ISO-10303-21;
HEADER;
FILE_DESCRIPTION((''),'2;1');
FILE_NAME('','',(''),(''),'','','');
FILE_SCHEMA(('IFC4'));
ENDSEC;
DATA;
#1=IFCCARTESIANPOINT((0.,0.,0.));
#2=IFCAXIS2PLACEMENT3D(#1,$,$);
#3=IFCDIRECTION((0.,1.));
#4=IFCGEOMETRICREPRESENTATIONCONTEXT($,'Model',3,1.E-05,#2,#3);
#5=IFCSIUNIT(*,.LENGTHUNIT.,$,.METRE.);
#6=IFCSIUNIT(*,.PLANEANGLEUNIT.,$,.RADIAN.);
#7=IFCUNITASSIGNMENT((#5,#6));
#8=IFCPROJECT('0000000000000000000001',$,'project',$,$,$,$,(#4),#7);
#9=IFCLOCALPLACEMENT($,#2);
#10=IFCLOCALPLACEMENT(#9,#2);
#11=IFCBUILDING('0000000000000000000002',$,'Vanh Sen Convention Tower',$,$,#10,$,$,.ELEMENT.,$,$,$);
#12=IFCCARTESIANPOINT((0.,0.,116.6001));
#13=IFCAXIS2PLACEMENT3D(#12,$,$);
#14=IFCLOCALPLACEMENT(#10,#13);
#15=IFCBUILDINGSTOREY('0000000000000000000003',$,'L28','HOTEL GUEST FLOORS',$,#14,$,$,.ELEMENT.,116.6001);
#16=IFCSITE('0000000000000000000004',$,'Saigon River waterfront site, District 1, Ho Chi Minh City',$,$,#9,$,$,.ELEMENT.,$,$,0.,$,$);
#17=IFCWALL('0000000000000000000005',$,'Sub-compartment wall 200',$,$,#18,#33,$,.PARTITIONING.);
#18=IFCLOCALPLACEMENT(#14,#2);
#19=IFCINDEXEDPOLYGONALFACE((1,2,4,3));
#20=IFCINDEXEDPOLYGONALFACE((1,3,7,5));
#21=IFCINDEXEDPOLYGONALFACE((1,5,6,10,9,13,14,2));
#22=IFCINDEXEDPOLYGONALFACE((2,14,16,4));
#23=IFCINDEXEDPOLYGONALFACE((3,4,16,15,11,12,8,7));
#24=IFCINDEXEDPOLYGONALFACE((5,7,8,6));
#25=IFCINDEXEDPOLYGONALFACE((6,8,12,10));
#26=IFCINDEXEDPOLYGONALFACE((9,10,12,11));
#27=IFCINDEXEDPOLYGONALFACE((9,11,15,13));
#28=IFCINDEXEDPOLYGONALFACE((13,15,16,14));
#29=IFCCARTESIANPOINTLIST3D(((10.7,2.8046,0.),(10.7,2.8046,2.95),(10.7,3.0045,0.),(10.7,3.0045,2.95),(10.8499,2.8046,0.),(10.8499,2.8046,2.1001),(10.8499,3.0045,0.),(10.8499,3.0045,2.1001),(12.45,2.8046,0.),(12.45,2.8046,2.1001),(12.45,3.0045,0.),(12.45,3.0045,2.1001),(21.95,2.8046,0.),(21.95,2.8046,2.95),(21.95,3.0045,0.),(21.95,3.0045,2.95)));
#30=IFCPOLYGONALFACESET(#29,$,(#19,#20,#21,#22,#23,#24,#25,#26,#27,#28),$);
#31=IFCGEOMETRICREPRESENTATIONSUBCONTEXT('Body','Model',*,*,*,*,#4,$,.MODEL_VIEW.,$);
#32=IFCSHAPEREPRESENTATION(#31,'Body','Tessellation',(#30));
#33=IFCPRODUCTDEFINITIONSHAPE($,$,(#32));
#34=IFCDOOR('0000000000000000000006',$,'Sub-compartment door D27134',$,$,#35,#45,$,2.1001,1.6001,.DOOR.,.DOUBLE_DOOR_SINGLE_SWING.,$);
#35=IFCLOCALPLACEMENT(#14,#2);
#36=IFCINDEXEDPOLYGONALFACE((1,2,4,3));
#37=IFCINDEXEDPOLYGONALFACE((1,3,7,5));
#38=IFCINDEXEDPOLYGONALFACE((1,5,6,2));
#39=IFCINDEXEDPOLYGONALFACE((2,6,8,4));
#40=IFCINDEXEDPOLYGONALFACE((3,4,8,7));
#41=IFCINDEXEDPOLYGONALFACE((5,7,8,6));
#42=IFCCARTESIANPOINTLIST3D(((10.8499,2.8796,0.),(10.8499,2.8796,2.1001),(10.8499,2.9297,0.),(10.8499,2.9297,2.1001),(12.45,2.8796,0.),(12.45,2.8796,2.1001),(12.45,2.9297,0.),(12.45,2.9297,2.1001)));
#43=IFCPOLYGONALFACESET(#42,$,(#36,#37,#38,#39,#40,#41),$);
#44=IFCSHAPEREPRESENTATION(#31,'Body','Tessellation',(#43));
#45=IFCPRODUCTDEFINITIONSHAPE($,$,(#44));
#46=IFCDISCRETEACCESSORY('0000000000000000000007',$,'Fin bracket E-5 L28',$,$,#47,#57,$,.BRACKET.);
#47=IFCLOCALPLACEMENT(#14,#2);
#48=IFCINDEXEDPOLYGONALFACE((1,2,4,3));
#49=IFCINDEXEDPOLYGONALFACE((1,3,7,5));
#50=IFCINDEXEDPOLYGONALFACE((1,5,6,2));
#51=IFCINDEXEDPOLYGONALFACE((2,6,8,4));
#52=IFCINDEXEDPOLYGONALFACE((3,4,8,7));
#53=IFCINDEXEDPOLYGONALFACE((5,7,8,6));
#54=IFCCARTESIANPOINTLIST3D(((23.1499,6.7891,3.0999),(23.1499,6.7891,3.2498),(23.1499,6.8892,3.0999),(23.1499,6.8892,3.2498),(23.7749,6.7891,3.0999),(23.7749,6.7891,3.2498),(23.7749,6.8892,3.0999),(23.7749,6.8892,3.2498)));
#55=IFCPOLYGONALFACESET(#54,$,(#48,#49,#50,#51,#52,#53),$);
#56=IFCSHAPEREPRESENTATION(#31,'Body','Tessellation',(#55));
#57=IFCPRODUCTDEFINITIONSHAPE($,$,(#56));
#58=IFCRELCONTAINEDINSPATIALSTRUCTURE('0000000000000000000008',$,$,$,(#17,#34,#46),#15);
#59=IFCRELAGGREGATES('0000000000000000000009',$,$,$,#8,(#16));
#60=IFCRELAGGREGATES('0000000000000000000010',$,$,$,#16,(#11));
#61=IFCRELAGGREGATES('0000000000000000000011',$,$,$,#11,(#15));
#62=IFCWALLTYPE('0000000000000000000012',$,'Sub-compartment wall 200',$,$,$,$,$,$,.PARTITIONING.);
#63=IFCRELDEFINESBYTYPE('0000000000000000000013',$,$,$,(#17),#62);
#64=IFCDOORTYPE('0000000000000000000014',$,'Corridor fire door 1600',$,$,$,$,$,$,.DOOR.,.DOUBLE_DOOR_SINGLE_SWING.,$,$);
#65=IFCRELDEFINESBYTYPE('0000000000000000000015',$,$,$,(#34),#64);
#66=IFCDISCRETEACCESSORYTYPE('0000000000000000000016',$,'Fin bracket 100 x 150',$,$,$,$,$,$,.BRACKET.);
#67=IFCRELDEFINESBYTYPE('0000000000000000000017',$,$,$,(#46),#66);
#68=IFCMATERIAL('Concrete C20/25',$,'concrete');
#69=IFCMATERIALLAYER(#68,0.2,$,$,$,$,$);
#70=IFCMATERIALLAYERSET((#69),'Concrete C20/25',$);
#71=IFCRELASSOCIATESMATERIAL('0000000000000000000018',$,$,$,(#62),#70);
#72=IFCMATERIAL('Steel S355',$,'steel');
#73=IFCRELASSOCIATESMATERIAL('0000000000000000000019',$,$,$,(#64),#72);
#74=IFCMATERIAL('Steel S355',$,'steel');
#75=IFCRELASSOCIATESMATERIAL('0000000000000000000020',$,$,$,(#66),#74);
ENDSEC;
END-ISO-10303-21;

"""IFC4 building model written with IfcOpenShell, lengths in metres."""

from ifc_helpers import new_model, si_unit, direction, frame, frame_2d, origin, origin_2d, place, context, subcontext, project, spatial, rectangle, extrude, material, layer, layer_set, type_object, element, fill, save


model = new_model("IFC4")

# Units and contexts
model_context = context("Model", 3, precision=1e-05, world=origin(), true_north=direction((0.0, 1.0)))
body_context = subcontext(model_context, "Body", "Model", "MODEL_VIEW")
ifc_project = project(units=[si_unit("LENGTHUNIT", "METRE"), si_unit("PLANEANGLEUNIT", "RADIAN")], contexts=[model_context])

# Site, building, storey
site_placement = place(None, origin())
site = spatial("IfcSite", under=ifc_project, at=site_placement, Name="Saigon River waterfront site, District 1, Ho Chi Minh City", CompositionType="ELEMENT", RefElevation=0.0)
building_placement = place(site_placement, origin())
building = spatial("IfcBuilding", under=site, at=building_placement, Name="Vanh Sen Convention Tower", CompositionType="ELEMENT")
storey_placement = place(building_placement, frame((0.0, 0.0, 116.6001)))
storey = spatial("IfcBuildingStorey", under=building, at=storey_placement, Name="L28", Description="HOTEL GUEST FLOORS", CompositionType="ELEMENT", Elevation=116.6001)

# Wall, opening, door
ifc_material_1 = material(Name="Concrete C20/25", Category="concrete")
ifc_layer_1 = layer(ifc_material_1, 0.2)
ifc_layer_set_1 = layer_set([ifc_layer_1], Name="Concrete C20/25")
wall_type_1 = type_object("IfcWallType", Name="Sub-compartment wall 200", PredefinedType="PARTITIONING", material=ifc_layer_set_1)
wall_1_placement = place(storey_placement, frame((21.95, 2.9045, 0.0), z_axis=(0.0, 0.0, 1.0), x_axis=(-1.0, 0.0, 0.0)))
wall_1 = element("IfcWall", 1, at=wall_1_placement, inside=storey, type_object=wall_type_1, Name="Sub-compartment wall 200", PredefinedType="PARTITIONING", context=body_context, shape_type="SweptSolid", body=[
    extrude(rectangle(XDim=11.25, YDim=0.2, at=frame_2d((5.625, 0.0))), origin(), (0.0, 0.0, 1.0), 2.95),
])
opening_1_placement = place(wall_1_placement, frame((9.5, 0.0, 0.0)))
opening_1 = element("IfcOpeningElement", 2, at=opening_1_placement, cuts=wall_1, PredefinedType="OPENING", context=body_context, shape_type="SweptSolid", body=[
    extrude(rectangle(XDim=1.6001, YDim=2.1001, at=frame_2d((0.8, 1.05))), frame((0.0, 0.1099, 0.0), z_axis=(0.0, -1.0, 0.0), x_axis=(1.0, 0.0, 0.0)), (0.0, 0.0, 1.0), 0.22),
])
ifc_material_2 = material(Name="Steel S355", Category="steel")
door_type_1 = type_object("IfcDoorType", Name="Corridor fire door 1600", OperationType="DOUBLE_DOOR_SINGLE_SWING", PredefinedType="DOOR", material=ifc_material_2)
door_1_placement = place(opening_1_placement, origin())
door_1 = element("IfcDoor", 3, at=door_1_placement, inside=storey, type_object=door_type_1, Name="Sub-compartment door D27134", OperationType="DOUBLE_DOOR_SINGLE_SWING", OverallHeight=2.1001, OverallWidth=1.6001, PredefinedType="DOOR", context=body_context, shape_type="SweptSolid", body=[
    extrude(rectangle(XDim=1.6001, YDim=2.1001, at=frame_2d((0.8, 1.05))), frame((0.0, 0.0249, 0.0), z_axis=(0.0, -1.0, 0.0), x_axis=(1.0, 0.0, 0.0)), (0.0, 0.0, 1.0), 0.05),
])
fill(opening_1, door_1)

# Discrete accessory
ifc_material_3 = material(Name="Steel S355", Category="steel")
discrete_accessory_type = type_object("IfcDiscreteAccessoryType", Name="Fin bracket 100 x 150", PredefinedType="BRACKET", material=ifc_material_3)
discrete_accessory_placement = place(storey_placement, frame((23.4624, 6.8391, 3.0999), z_axis=(0.0, 0.0, 1.0), x_axis=(1.0, 0.0, 0.0)))
element("IfcDiscreteAccessory", 4, at=discrete_accessory_placement, inside=storey, type_object=discrete_accessory_type, Name="Fin bracket E-5 L28", PredefinedType="BRACKET", context=body_context, shape_type="SweptSolid", body=[
    extrude(rectangle(XDim=0.625, YDim=0.1001, at=origin_2d()), origin(), (0.0, 0.0, 1.0), 0.1499),
])

save(model, "model.ifc")
